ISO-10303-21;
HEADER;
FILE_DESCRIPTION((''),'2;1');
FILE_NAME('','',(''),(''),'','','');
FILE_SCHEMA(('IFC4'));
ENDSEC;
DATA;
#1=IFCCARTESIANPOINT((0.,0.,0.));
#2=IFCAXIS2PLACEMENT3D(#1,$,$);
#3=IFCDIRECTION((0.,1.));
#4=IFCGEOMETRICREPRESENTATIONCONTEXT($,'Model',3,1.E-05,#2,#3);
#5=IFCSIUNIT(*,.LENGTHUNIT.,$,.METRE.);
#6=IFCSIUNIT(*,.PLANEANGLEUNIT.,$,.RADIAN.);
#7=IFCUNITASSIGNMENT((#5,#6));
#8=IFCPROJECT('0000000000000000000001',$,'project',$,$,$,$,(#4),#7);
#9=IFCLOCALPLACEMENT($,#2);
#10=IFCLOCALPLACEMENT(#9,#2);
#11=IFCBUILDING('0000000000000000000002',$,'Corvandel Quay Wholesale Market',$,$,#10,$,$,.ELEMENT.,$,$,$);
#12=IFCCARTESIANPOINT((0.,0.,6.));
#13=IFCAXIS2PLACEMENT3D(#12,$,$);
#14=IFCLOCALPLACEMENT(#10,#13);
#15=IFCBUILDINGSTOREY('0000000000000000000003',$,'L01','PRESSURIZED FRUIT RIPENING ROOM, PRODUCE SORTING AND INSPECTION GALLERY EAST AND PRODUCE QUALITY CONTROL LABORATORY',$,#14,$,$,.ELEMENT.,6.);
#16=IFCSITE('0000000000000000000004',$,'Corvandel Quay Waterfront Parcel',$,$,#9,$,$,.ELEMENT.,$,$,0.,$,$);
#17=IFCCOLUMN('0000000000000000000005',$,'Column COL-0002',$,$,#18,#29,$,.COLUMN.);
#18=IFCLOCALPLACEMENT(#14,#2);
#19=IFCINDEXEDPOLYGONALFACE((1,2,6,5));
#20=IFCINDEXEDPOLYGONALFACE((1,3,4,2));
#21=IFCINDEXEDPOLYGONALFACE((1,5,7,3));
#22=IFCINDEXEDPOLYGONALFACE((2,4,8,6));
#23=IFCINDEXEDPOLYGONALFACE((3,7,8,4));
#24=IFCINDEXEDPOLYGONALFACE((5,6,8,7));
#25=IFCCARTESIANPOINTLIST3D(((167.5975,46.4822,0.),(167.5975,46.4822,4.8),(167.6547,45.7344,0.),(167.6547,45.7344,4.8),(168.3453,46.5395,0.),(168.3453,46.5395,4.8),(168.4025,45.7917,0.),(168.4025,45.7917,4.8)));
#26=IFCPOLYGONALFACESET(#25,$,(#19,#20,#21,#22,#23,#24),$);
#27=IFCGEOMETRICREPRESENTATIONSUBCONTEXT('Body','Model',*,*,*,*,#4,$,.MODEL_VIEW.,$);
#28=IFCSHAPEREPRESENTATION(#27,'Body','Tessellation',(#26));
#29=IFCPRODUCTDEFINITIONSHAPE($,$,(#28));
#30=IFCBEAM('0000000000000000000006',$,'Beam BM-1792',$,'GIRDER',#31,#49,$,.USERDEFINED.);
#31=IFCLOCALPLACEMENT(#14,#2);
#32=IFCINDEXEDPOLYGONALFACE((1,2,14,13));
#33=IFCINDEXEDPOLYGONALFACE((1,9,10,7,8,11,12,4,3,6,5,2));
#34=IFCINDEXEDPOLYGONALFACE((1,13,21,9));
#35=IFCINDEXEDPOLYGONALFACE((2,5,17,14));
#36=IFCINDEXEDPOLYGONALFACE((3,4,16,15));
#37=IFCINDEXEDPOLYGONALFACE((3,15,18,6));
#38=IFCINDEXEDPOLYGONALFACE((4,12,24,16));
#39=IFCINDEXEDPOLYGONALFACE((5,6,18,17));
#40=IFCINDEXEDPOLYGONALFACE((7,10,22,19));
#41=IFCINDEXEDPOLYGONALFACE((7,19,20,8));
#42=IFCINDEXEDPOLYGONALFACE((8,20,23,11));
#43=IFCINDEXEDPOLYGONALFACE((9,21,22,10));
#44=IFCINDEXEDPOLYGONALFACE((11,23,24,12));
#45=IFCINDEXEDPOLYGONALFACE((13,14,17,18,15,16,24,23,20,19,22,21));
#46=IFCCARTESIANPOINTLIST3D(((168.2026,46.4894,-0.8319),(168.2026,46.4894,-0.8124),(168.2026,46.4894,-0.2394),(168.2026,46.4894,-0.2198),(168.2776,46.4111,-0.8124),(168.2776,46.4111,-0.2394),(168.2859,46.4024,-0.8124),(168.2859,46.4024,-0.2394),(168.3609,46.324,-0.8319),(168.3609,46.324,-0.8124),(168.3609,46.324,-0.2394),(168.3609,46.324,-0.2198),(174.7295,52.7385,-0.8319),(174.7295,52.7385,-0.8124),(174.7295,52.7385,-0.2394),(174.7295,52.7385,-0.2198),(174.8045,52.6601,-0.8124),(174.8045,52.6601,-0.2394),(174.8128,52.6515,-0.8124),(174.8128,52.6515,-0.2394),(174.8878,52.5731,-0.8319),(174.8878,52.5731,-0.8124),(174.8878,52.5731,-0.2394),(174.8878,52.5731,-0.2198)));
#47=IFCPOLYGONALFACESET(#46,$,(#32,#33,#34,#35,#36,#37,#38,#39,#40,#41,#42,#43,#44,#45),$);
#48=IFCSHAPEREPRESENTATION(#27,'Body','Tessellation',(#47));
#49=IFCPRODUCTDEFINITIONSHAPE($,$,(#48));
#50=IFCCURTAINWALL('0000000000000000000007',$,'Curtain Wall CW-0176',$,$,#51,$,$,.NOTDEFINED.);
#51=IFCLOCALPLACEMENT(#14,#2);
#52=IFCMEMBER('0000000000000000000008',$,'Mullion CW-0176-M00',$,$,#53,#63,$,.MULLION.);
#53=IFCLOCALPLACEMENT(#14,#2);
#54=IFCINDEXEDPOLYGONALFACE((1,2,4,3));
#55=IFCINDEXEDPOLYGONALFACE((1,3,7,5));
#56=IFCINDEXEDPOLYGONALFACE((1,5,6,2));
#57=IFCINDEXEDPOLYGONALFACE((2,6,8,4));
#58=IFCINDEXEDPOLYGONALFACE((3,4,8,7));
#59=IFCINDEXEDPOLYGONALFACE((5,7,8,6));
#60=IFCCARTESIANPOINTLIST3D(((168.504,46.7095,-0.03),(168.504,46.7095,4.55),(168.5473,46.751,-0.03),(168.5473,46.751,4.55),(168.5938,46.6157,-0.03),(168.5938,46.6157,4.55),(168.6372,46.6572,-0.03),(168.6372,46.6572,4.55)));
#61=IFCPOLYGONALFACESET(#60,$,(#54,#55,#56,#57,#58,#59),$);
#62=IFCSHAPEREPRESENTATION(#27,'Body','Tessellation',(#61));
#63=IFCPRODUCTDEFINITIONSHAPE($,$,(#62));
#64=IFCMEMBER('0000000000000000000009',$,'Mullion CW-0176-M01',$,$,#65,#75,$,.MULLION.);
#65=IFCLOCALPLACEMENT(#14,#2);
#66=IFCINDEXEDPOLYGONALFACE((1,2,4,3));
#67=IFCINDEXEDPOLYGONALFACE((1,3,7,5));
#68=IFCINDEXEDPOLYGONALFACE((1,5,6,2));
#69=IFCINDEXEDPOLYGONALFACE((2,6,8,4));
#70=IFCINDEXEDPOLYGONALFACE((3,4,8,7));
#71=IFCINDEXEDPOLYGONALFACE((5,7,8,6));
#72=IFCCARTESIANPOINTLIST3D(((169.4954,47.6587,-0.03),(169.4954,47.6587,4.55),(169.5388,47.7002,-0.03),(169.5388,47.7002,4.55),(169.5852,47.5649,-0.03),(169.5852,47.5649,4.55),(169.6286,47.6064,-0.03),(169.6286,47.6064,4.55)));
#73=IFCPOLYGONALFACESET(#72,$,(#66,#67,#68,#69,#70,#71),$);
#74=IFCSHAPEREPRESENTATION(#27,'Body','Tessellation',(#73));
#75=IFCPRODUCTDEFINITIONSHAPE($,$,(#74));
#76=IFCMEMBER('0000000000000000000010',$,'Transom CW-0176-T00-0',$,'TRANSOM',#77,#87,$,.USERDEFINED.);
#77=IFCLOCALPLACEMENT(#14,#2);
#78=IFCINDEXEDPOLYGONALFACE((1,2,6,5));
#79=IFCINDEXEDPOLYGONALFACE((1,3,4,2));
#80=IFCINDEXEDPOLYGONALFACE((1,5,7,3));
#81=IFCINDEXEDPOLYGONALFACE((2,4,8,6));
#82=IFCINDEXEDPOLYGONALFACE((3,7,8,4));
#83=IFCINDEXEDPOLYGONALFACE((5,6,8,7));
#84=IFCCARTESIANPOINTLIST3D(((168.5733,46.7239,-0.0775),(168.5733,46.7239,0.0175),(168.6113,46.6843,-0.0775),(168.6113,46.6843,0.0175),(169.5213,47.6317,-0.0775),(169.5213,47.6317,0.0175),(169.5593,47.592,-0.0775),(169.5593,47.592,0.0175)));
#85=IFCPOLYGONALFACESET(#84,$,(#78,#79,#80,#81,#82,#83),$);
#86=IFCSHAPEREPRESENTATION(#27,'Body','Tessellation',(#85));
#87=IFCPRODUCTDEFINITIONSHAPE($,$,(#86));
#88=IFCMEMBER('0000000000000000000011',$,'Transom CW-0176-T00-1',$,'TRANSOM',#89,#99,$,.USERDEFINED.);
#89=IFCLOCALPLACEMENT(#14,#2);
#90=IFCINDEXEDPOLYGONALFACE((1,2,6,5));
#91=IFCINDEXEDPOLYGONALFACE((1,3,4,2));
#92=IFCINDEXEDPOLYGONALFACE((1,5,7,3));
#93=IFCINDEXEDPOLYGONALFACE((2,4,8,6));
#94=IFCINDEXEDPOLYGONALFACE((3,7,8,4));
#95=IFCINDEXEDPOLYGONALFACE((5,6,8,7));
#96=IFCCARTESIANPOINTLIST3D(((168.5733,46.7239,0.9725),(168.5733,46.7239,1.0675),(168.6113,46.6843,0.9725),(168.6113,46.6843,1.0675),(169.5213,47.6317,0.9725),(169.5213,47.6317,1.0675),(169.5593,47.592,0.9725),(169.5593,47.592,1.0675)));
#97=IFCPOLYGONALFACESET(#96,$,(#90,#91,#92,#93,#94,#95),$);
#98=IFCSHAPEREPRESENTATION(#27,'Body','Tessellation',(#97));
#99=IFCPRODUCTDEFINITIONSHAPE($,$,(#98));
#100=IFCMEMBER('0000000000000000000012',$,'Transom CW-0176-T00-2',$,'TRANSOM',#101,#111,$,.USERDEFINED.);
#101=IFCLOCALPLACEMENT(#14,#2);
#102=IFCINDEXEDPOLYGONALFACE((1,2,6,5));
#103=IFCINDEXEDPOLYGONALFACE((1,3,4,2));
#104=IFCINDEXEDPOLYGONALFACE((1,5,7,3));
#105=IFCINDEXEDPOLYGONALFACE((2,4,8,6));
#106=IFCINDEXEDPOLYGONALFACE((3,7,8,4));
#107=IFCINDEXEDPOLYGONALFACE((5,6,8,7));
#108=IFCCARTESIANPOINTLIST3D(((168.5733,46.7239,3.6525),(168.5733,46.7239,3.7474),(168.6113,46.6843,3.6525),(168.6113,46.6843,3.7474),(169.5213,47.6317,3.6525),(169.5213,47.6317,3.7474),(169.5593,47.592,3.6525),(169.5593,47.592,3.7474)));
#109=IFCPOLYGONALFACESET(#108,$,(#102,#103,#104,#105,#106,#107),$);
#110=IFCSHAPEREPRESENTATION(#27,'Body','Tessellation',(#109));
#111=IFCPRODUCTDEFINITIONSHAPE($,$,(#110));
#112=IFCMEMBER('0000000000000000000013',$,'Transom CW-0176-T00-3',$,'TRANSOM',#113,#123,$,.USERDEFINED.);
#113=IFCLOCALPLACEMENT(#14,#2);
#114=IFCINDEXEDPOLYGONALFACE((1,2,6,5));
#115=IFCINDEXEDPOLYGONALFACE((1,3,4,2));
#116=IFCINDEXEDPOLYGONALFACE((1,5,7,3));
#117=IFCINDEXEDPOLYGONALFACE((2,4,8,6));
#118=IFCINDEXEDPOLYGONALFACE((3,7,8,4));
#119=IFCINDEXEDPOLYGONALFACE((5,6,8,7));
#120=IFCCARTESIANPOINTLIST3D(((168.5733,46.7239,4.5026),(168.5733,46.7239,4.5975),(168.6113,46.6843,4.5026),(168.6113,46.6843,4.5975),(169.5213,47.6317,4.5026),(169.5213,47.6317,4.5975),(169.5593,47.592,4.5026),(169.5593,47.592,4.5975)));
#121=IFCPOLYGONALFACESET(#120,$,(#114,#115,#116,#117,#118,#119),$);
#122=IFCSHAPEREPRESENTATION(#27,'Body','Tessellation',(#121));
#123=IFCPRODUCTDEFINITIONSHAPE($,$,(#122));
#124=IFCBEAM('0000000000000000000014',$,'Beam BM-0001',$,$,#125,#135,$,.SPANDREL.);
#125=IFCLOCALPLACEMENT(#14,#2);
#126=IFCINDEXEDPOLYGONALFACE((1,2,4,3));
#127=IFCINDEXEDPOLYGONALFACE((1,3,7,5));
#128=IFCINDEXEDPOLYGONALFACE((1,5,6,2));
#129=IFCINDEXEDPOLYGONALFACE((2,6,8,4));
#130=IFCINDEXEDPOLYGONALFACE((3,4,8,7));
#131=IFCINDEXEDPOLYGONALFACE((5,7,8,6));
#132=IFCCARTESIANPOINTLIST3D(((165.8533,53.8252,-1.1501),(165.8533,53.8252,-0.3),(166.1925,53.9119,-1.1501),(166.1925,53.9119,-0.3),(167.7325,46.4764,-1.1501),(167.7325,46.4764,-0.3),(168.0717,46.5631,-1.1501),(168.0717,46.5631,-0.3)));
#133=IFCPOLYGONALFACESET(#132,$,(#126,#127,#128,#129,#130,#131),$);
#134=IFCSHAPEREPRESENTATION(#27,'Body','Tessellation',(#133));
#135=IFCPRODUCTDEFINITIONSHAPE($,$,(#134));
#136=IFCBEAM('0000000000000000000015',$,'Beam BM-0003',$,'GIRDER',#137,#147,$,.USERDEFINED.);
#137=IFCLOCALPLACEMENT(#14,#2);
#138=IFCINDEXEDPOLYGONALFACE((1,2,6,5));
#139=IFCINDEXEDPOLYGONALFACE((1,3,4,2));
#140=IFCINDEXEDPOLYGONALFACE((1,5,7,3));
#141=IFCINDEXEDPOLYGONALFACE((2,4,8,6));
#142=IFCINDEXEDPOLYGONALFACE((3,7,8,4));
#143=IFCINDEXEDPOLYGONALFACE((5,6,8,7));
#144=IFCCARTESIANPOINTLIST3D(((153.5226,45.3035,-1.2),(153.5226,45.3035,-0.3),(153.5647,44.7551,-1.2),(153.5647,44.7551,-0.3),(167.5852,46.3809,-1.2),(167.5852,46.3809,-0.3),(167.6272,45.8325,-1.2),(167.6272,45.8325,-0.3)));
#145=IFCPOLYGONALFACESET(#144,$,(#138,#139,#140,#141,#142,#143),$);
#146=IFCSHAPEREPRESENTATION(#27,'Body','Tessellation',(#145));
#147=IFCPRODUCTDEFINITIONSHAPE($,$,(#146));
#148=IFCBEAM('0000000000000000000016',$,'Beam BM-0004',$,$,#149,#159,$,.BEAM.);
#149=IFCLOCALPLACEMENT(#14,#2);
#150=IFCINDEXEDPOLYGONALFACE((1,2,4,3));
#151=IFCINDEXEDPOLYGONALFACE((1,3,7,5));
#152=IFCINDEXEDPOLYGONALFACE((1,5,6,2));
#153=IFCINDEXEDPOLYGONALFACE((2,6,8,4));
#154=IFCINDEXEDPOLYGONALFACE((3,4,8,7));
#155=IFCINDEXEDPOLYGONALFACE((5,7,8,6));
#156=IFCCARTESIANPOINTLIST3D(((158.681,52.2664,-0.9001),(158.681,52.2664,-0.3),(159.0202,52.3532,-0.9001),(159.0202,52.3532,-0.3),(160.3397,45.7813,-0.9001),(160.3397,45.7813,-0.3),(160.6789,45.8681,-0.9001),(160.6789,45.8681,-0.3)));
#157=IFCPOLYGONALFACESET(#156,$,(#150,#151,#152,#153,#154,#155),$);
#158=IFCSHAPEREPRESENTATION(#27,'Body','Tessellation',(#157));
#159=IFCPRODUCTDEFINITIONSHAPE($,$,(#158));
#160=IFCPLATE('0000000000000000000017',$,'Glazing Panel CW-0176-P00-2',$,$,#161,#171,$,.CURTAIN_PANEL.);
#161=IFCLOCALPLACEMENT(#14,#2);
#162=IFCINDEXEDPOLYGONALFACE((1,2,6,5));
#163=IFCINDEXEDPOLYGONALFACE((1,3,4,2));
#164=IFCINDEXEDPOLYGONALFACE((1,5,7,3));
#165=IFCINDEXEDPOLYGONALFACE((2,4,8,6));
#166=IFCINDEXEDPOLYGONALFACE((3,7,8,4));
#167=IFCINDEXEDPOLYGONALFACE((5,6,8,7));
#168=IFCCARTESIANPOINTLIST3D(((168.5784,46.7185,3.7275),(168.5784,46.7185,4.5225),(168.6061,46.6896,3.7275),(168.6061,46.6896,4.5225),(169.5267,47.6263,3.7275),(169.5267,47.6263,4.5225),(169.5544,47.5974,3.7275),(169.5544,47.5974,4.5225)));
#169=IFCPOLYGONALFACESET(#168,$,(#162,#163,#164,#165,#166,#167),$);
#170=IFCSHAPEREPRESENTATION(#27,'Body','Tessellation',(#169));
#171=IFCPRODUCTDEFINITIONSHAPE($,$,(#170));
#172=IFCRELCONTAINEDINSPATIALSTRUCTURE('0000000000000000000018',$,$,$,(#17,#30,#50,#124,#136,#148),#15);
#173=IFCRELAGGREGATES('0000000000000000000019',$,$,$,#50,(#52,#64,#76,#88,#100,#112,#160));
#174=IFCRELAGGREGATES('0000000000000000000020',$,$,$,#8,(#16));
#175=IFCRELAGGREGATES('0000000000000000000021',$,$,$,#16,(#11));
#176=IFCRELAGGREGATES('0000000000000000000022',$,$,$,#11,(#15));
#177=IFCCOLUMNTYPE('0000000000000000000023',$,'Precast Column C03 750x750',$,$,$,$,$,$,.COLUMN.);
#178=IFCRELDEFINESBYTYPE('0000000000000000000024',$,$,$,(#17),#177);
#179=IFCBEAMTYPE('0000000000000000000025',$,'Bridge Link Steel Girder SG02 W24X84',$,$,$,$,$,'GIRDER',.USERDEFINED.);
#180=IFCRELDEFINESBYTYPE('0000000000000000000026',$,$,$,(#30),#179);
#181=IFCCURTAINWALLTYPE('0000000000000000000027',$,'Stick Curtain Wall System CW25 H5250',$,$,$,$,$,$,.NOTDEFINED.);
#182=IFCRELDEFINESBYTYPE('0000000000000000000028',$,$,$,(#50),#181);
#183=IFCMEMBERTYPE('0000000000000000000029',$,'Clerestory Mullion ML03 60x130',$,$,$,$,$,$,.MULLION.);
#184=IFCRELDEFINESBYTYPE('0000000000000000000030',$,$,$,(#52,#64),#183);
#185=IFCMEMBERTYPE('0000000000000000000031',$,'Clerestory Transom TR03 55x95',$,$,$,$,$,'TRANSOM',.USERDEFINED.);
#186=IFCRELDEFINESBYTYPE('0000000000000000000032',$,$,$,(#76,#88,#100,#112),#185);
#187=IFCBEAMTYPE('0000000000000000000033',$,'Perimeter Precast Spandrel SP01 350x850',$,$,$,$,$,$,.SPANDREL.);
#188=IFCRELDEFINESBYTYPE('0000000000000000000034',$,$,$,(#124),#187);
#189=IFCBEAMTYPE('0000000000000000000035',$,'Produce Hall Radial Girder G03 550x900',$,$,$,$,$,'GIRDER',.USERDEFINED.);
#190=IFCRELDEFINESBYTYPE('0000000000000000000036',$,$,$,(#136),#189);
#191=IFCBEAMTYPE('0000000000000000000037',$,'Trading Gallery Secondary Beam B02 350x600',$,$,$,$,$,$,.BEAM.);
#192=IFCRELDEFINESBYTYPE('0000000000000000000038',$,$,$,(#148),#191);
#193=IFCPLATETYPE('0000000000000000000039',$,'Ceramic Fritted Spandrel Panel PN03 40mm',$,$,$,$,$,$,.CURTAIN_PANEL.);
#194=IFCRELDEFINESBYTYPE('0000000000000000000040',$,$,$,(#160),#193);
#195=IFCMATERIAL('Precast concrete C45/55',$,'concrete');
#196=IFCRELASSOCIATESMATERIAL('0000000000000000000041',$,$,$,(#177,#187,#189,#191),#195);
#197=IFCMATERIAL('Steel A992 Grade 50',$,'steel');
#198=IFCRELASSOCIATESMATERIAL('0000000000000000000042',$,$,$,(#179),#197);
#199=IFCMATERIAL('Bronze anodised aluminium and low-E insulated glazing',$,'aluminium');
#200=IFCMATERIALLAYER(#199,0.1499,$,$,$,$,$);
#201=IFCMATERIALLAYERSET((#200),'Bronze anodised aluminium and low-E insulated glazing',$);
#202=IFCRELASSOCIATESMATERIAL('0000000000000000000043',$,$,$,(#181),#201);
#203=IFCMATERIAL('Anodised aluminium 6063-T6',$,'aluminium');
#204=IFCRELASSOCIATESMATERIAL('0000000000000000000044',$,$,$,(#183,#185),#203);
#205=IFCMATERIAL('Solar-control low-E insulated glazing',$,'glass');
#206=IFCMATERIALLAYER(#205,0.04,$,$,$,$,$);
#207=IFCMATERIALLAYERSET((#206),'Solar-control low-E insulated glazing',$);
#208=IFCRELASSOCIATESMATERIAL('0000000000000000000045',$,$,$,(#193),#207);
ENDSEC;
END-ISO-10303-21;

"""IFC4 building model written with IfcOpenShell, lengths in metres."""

from ifc_helpers import new_model, si_unit, direction, frame, origin, origin_2d, place, context, subcontext, project, spatial, rectangle, i_section, extrude, material, layer, layer_set, material_profile, profile_set, type_object, element, aggregate, save


model = new_model("IFC4")

# Units and contexts
model_context = context("Model", 3, precision=1e-05, world=origin(), true_north=direction((0.0, 1.0)))
body_context = subcontext(model_context, "Body", "Model", "MODEL_VIEW")
ifc_project = project(units=[si_unit("LENGTHUNIT", "METRE"), si_unit("PLANEANGLEUNIT", "RADIAN")], contexts=[model_context])

# Site, building, storey
site_placement = place(None, origin())
site = spatial("IfcSite", under=ifc_project, at=site_placement, Name="Corvandel Quay Waterfront Parcel", CompositionType="ELEMENT", RefElevation=0.0)
building_placement = place(site_placement, origin())
building = spatial("IfcBuilding", under=site, at=building_placement, Name="Corvandel Quay Wholesale Market", CompositionType="ELEMENT")
storey_placement = place(building_placement, frame((0.0, 0.0, 6.0)))
storey = spatial("IfcBuildingStorey", under=building, at=storey_placement, Name="L01", Description="PRESSURIZED FRUIT RIPENING ROOM, PRODUCE SORTING AND INSPECTION GALLERY EAST AND PRODUCE QUALITY CONTROL LABORATORY", CompositionType="ELEMENT", Elevation=6.0)

# Column
ifc_material_1 = material(Name="Precast concrete C45/55", Category="concrete")
ifc_material_profile_1 = material_profile(ifc_material_1, rectangle(XDim=0.75, YDim=0.75, at=origin_2d()), Name="PC-COL-750x750")
ifc_profile_set_1 = profile_set([ifc_material_profile_1], Name="Precast concrete C45/55")
column_type = type_object("IfcColumnType", Name="Precast Column C03 750x750", PredefinedType="COLUMN", material=ifc_profile_set_1)
column_placement = place(storey_placement, frame((168.0, 46.137, 0.0), z_axis=(0.0, 0.0, 1.0), x_axis=(-0.076371, 0.997079, 0.0)))
element("IfcColumn", 1, at=column_placement, inside=storey, type_object=column_type, Name="Column COL-0002", PredefinedType="COLUMN", context=body_context, shape_type="SweptSolid", body=[
    extrude(rectangle(XDim=0.75, YDim=0.75, at=origin_2d()), origin(), (0.0, 0.0, 1.0), 4.8),
])

# Beam
ifc_material_2 = material(Name="Steel A992 Grade 50", Category="steel")
ifc_material_profile_2 = material_profile(ifc_material_2, i_section(OverallWidth=0.229, OverallDepth=0.6121, WebThickness=0.012, FlangeThickness=0.0195, at=origin_2d()), Name="W24X84")
ifc_profile_set_2 = profile_set([ifc_material_profile_2], Name="Steel A992 Grade 50")
beam_type_1 = type_object("IfcBeamType", Name="Bridge Link Steel Girder SG02 W24X84", ElementType="GIRDER", PredefinedType="USERDEFINED", material=ifc_profile_set_2)
beam_1_placement = place(storey_placement, frame((168.2817, 46.4067, -0.5259), z_axis=(0.722313, 0.691566, 0.0), x_axis=(-0.691566, 0.722313, 0.0)))
element("IfcBeam", 2, at=beam_1_placement, inside=storey, type_object=beam_type_1, Name="Beam BM-1792", ObjectType="GIRDER", PredefinedType="USERDEFINED", context=body_context, shape_type="SweptSolid", body=[
    extrude(i_section(OverallWidth=0.229, OverallDepth=0.6121, WebThickness=0.012, FlangeThickness=0.0195, at=origin_2d()), origin(), (0.0, 0.0, 1.0), 9.0361),
])

# Curtain wall, members
ifc_material_3 = material(Name="Bronze anodised aluminium and low-E insulated glazing", Category="aluminium")
ifc_layer_1 = layer(ifc_material_3, 0.1499)
ifc_layer_set_1 = layer_set([ifc_layer_1], Name="Bronze anodised aluminium and low-E insulated glazing")
curtain_wall_type = type_object("IfcCurtainWallType", Name="Stick Curtain Wall System CW25 H5250", PredefinedType="NOTDEFINED", material=ifc_layer_set_1)
curtain_wall_placement = place(storey_placement, origin())
curtain_wall = element("IfcCurtainWall", 3, at=curtain_wall_placement, inside=storey, type_object=curtain_wall_type, Name="Curtain Wall CW-0176", PredefinedType="NOTDEFINED")
ifc_material_4 = material(Name="Anodised aluminium 6063-T6", Category="aluminium")
ifc_material_profile_3 = material_profile(ifc_material_4, rectangle(XDim=0.0601, YDim=0.1299, at=origin_2d()), Name="ALU-MUL-60x130")
ifc_profile_set_3 = profile_set([ifc_material_profile_3], Name="Anodised aluminium 6063-T6")
member_type_1 = type_object("IfcMemberType", Name="Clerestory Mullion ML03 60x130", PredefinedType="MULLION", material=ifc_profile_set_3)
member_1_placement = place(storey_placement, frame((168.5706, 46.6833, -0.03), z_axis=(0.0, 0.0, 1.0), x_axis=(0.722364, 0.691513, 0.0)))
member_1 = element("IfcMember", 4, at=member_1_placement, type_object=member_type_1, Name="Mullion CW-0176-M00", PredefinedType="MULLION", context=body_context, shape_type="SweptSolid", body=[
    extrude(rectangle(XDim=0.0601, YDim=0.1299, at=origin_2d()), origin(), (0.0, 0.0, 1.0), 4.5801),
])
member_2_placement = place(storey_placement, frame((169.562, 47.6326, -0.03), z_axis=(0.0, 0.0, 1.0), x_axis=(0.722364, 0.691513, 0.0)))
member_2 = element("IfcMember", 5, at=member_2_placement, type_object=member_type_1, Name="Mullion CW-0176-M01", PredefinedType="MULLION", context=body_context, shape_type="SweptSolid", body=[
    extrude(rectangle(XDim=0.0601, YDim=0.1299, at=origin_2d()), origin(), (0.0, 0.0, 1.0), 4.5801),
])
ifc_material_profile_4 = material_profile(ifc_material_4, rectangle(XDim=0.0549, YDim=0.095, at=origin_2d()), Name="ALU-TRN-55x95")
ifc_profile_set_4 = profile_set([ifc_material_profile_4], Name="Anodised aluminium 6063-T6")
member_type_2 = type_object("IfcMemberType", Name="Clerestory Transom TR03 55x95", ElementType="TRANSOM", PredefinedType="USERDEFINED", material=ifc_profile_set_4)
member_3_placement = place(storey_placement, frame((168.5923, 46.7041, -0.03), z_axis=(0.722286, 0.691594, 0.0), x_axis=(-0.691594, 0.722286, 0.0)))
member_3 = element("IfcMember", 6, at=member_3_placement, type_object=member_type_2, Name="Transom CW-0176-T00-0", ObjectType="TRANSOM", PredefinedType="USERDEFINED", context=body_context, shape_type="SweptSolid", body=[
    extrude(rectangle(XDim=0.0549, YDim=0.095, at=origin_2d()), origin(), (0.0, 0.0, 1.0), 1.3125),
])
member_4_placement = place(storey_placement, frame((168.5923, 46.7041, 1.02), z_axis=(0.722286, 0.691594, 0.0), x_axis=(-0.691594, 0.722286, 0.0)))
member_4 = element("IfcMember", 7, at=member_4_placement, type_object=member_type_2, Name="Transom CW-0176-T00-1", ObjectType="TRANSOM", PredefinedType="USERDEFINED", context=body_context, shape_type="SweptSolid", body=[
    extrude(rectangle(XDim=0.0549, YDim=0.095, at=origin_2d()), origin(), (0.0, 0.0, 1.0), 1.3125),
])
member_5_placement = place(storey_placement, frame((168.5923, 46.7041, 3.7), z_axis=(0.722286, 0.691594, 0.0), x_axis=(-0.691594, 0.722286, 0.0)))
member_5 = element("IfcMember", 8, at=member_5_placement, type_object=member_type_2, Name="Transom CW-0176-T00-2", ObjectType="TRANSOM", PredefinedType="USERDEFINED", context=body_context, shape_type="SweptSolid", body=[
    extrude(rectangle(XDim=0.0549, YDim=0.095, at=origin_2d()), origin(), (0.0, 0.0, 1.0), 1.3125),
])
member_6_placement = place(storey_placement, frame((168.5923, 46.7041, 4.55), z_axis=(0.722286, 0.691594, 0.0), x_axis=(-0.691594, 0.722286, 0.0)))
member_6 = element("IfcMember", 9, at=member_6_placement, type_object=member_type_2, Name="Transom CW-0176-T00-3", ObjectType="TRANSOM", PredefinedType="USERDEFINED", context=body_context, shape_type="SweptSolid", body=[
    extrude(rectangle(XDim=0.0549, YDim=0.095, at=origin_2d()), origin(), (0.0, 0.0, 1.0), 1.3125),
])

# Beams
ifc_material_profile_5 = material_profile(ifc_material_1, rectangle(XDim=0.3501, YDim=0.8501, at=origin_2d()), Name="PC-SPN-350x850")
ifc_profile_set_5 = profile_set([ifc_material_profile_5], Name="Precast concrete C45/55")
beam_type_2 = type_object("IfcBeamType", Name="Perimeter Precast Spandrel SP01 350x850", PredefinedType="SPANDREL", material=ifc_profile_set_5)
beam_2_placement = place(storey_placement, frame((167.9021, 46.5198, -0.7251), z_axis=(-0.247743, 0.968826, 0.0), x_axis=(-0.968826, -0.247743, 0.0)))
element("IfcBeam", 10, at=beam_2_placement, inside=storey, type_object=beam_type_2, Name="Beam BM-0001", PredefinedType="SPANDREL", context=body_context, shape_type="SweptSolid", body=[
    extrude(rectangle(XDim=0.3501, YDim=0.8501, at=origin_2d()), origin(), (0.0, 0.0, 1.0), 7.5852),
])
ifc_material_profile_6 = material_profile(ifc_material_1, rectangle(XDim=0.55, YDim=0.8999, at=origin_2d()), Name="PC-GIR-550x900")
ifc_profile_set_6 = profile_set([ifc_material_profile_6], Name="Precast concrete C45/55")
beam_type_3 = type_object("IfcBeamType", Name="Produce Hall Radial Girder G03 550x900", ElementType="GIRDER", PredefinedType="USERDEFINED", material=ifc_profile_set_6)
beam_3_placement = place(storey_placement, frame((167.6062, 46.1067, -0.75), z_axis=(-0.997078, -0.076391, 0.0), x_axis=(0.076391, -0.997078, 0.0)))
element("IfcBeam", 11, at=beam_3_placement, inside=storey, type_object=beam_type_3, Name="Beam BM-0003", ObjectType="GIRDER", PredefinedType="USERDEFINED", context=body_context, shape_type="SweptSolid", body=[
    extrude(rectangle(XDim=0.55, YDim=0.8999, at=origin_2d()), origin(), (0.0, 0.0, 1.0), 14.1038),
])
ifc_material_profile_7 = material_profile(ifc_material_1, rectangle(XDim=0.3501, YDim=0.6001, at=origin_2d()), Name="PC-BM-350x600")
ifc_profile_set_7 = profile_set([ifc_material_profile_7], Name="Precast concrete C45/55")
beam_type_4 = type_object("IfcBeamType", Name="Trading Gallery Secondary Beam B02 350x600", PredefinedType="BEAM", material=ifc_profile_set_7)
beam_4_placement = place(storey_placement, frame((160.5093, 45.8247, -0.6001), z_axis=(-0.247793, 0.968813, 0.0), x_axis=(-0.968813, -0.247793, 0.0)))
element("IfcBeam", 12, at=beam_4_placement, inside=storey, type_object=beam_type_4, Name="Beam BM-0004", PredefinedType="BEAM", context=body_context, shape_type="SweptSolid", body=[
    extrude(rectangle(XDim=0.3501, YDim=0.6001, at=origin_2d()), origin(), (0.0, 0.0, 1.0), 6.6938),
])

# Plate
ifc_material_5 = material(Name="Solar-control low-E insulated glazing", Category="glass")
ifc_layer_2 = layer(ifc_material_5, 0.04)
ifc_layer_set_2 = layer_set([ifc_layer_2], Name="Solar-control low-E insulated glazing")
plate_type_1 = type_object("IfcPlateType", Name="Ceramic Fritted Spandrel Panel PN03 40mm", PredefinedType="CURTAIN_PANEL", material=ifc_layer_set_2)
plate_1_placement = place(storey_placement, frame((169.0664, 47.158, 3.7275), z_axis=(0.0, 0.0, 1.0), x_axis=(0.722364, 0.691513, 0.0)))
plate_1 = element("IfcPlate", 13, at=plate_1_placement, type_object=plate_type_1, Name="Glazing Panel CW-0176-P00-2", PredefinedType="CURTAIN_PANEL", context=body_context, shape_type="SweptSolid", body=[
    extrude(rectangle(XDim=1.3127, YDim=0.04, at=origin_2d()), origin(), (0.0, 0.0, 1.0), 0.7949),
])
aggregate(curtain_wall, [member_1, member_2, member_3, member_4, member_5, member_6, plate_1])

save(model, "model.ifc")
